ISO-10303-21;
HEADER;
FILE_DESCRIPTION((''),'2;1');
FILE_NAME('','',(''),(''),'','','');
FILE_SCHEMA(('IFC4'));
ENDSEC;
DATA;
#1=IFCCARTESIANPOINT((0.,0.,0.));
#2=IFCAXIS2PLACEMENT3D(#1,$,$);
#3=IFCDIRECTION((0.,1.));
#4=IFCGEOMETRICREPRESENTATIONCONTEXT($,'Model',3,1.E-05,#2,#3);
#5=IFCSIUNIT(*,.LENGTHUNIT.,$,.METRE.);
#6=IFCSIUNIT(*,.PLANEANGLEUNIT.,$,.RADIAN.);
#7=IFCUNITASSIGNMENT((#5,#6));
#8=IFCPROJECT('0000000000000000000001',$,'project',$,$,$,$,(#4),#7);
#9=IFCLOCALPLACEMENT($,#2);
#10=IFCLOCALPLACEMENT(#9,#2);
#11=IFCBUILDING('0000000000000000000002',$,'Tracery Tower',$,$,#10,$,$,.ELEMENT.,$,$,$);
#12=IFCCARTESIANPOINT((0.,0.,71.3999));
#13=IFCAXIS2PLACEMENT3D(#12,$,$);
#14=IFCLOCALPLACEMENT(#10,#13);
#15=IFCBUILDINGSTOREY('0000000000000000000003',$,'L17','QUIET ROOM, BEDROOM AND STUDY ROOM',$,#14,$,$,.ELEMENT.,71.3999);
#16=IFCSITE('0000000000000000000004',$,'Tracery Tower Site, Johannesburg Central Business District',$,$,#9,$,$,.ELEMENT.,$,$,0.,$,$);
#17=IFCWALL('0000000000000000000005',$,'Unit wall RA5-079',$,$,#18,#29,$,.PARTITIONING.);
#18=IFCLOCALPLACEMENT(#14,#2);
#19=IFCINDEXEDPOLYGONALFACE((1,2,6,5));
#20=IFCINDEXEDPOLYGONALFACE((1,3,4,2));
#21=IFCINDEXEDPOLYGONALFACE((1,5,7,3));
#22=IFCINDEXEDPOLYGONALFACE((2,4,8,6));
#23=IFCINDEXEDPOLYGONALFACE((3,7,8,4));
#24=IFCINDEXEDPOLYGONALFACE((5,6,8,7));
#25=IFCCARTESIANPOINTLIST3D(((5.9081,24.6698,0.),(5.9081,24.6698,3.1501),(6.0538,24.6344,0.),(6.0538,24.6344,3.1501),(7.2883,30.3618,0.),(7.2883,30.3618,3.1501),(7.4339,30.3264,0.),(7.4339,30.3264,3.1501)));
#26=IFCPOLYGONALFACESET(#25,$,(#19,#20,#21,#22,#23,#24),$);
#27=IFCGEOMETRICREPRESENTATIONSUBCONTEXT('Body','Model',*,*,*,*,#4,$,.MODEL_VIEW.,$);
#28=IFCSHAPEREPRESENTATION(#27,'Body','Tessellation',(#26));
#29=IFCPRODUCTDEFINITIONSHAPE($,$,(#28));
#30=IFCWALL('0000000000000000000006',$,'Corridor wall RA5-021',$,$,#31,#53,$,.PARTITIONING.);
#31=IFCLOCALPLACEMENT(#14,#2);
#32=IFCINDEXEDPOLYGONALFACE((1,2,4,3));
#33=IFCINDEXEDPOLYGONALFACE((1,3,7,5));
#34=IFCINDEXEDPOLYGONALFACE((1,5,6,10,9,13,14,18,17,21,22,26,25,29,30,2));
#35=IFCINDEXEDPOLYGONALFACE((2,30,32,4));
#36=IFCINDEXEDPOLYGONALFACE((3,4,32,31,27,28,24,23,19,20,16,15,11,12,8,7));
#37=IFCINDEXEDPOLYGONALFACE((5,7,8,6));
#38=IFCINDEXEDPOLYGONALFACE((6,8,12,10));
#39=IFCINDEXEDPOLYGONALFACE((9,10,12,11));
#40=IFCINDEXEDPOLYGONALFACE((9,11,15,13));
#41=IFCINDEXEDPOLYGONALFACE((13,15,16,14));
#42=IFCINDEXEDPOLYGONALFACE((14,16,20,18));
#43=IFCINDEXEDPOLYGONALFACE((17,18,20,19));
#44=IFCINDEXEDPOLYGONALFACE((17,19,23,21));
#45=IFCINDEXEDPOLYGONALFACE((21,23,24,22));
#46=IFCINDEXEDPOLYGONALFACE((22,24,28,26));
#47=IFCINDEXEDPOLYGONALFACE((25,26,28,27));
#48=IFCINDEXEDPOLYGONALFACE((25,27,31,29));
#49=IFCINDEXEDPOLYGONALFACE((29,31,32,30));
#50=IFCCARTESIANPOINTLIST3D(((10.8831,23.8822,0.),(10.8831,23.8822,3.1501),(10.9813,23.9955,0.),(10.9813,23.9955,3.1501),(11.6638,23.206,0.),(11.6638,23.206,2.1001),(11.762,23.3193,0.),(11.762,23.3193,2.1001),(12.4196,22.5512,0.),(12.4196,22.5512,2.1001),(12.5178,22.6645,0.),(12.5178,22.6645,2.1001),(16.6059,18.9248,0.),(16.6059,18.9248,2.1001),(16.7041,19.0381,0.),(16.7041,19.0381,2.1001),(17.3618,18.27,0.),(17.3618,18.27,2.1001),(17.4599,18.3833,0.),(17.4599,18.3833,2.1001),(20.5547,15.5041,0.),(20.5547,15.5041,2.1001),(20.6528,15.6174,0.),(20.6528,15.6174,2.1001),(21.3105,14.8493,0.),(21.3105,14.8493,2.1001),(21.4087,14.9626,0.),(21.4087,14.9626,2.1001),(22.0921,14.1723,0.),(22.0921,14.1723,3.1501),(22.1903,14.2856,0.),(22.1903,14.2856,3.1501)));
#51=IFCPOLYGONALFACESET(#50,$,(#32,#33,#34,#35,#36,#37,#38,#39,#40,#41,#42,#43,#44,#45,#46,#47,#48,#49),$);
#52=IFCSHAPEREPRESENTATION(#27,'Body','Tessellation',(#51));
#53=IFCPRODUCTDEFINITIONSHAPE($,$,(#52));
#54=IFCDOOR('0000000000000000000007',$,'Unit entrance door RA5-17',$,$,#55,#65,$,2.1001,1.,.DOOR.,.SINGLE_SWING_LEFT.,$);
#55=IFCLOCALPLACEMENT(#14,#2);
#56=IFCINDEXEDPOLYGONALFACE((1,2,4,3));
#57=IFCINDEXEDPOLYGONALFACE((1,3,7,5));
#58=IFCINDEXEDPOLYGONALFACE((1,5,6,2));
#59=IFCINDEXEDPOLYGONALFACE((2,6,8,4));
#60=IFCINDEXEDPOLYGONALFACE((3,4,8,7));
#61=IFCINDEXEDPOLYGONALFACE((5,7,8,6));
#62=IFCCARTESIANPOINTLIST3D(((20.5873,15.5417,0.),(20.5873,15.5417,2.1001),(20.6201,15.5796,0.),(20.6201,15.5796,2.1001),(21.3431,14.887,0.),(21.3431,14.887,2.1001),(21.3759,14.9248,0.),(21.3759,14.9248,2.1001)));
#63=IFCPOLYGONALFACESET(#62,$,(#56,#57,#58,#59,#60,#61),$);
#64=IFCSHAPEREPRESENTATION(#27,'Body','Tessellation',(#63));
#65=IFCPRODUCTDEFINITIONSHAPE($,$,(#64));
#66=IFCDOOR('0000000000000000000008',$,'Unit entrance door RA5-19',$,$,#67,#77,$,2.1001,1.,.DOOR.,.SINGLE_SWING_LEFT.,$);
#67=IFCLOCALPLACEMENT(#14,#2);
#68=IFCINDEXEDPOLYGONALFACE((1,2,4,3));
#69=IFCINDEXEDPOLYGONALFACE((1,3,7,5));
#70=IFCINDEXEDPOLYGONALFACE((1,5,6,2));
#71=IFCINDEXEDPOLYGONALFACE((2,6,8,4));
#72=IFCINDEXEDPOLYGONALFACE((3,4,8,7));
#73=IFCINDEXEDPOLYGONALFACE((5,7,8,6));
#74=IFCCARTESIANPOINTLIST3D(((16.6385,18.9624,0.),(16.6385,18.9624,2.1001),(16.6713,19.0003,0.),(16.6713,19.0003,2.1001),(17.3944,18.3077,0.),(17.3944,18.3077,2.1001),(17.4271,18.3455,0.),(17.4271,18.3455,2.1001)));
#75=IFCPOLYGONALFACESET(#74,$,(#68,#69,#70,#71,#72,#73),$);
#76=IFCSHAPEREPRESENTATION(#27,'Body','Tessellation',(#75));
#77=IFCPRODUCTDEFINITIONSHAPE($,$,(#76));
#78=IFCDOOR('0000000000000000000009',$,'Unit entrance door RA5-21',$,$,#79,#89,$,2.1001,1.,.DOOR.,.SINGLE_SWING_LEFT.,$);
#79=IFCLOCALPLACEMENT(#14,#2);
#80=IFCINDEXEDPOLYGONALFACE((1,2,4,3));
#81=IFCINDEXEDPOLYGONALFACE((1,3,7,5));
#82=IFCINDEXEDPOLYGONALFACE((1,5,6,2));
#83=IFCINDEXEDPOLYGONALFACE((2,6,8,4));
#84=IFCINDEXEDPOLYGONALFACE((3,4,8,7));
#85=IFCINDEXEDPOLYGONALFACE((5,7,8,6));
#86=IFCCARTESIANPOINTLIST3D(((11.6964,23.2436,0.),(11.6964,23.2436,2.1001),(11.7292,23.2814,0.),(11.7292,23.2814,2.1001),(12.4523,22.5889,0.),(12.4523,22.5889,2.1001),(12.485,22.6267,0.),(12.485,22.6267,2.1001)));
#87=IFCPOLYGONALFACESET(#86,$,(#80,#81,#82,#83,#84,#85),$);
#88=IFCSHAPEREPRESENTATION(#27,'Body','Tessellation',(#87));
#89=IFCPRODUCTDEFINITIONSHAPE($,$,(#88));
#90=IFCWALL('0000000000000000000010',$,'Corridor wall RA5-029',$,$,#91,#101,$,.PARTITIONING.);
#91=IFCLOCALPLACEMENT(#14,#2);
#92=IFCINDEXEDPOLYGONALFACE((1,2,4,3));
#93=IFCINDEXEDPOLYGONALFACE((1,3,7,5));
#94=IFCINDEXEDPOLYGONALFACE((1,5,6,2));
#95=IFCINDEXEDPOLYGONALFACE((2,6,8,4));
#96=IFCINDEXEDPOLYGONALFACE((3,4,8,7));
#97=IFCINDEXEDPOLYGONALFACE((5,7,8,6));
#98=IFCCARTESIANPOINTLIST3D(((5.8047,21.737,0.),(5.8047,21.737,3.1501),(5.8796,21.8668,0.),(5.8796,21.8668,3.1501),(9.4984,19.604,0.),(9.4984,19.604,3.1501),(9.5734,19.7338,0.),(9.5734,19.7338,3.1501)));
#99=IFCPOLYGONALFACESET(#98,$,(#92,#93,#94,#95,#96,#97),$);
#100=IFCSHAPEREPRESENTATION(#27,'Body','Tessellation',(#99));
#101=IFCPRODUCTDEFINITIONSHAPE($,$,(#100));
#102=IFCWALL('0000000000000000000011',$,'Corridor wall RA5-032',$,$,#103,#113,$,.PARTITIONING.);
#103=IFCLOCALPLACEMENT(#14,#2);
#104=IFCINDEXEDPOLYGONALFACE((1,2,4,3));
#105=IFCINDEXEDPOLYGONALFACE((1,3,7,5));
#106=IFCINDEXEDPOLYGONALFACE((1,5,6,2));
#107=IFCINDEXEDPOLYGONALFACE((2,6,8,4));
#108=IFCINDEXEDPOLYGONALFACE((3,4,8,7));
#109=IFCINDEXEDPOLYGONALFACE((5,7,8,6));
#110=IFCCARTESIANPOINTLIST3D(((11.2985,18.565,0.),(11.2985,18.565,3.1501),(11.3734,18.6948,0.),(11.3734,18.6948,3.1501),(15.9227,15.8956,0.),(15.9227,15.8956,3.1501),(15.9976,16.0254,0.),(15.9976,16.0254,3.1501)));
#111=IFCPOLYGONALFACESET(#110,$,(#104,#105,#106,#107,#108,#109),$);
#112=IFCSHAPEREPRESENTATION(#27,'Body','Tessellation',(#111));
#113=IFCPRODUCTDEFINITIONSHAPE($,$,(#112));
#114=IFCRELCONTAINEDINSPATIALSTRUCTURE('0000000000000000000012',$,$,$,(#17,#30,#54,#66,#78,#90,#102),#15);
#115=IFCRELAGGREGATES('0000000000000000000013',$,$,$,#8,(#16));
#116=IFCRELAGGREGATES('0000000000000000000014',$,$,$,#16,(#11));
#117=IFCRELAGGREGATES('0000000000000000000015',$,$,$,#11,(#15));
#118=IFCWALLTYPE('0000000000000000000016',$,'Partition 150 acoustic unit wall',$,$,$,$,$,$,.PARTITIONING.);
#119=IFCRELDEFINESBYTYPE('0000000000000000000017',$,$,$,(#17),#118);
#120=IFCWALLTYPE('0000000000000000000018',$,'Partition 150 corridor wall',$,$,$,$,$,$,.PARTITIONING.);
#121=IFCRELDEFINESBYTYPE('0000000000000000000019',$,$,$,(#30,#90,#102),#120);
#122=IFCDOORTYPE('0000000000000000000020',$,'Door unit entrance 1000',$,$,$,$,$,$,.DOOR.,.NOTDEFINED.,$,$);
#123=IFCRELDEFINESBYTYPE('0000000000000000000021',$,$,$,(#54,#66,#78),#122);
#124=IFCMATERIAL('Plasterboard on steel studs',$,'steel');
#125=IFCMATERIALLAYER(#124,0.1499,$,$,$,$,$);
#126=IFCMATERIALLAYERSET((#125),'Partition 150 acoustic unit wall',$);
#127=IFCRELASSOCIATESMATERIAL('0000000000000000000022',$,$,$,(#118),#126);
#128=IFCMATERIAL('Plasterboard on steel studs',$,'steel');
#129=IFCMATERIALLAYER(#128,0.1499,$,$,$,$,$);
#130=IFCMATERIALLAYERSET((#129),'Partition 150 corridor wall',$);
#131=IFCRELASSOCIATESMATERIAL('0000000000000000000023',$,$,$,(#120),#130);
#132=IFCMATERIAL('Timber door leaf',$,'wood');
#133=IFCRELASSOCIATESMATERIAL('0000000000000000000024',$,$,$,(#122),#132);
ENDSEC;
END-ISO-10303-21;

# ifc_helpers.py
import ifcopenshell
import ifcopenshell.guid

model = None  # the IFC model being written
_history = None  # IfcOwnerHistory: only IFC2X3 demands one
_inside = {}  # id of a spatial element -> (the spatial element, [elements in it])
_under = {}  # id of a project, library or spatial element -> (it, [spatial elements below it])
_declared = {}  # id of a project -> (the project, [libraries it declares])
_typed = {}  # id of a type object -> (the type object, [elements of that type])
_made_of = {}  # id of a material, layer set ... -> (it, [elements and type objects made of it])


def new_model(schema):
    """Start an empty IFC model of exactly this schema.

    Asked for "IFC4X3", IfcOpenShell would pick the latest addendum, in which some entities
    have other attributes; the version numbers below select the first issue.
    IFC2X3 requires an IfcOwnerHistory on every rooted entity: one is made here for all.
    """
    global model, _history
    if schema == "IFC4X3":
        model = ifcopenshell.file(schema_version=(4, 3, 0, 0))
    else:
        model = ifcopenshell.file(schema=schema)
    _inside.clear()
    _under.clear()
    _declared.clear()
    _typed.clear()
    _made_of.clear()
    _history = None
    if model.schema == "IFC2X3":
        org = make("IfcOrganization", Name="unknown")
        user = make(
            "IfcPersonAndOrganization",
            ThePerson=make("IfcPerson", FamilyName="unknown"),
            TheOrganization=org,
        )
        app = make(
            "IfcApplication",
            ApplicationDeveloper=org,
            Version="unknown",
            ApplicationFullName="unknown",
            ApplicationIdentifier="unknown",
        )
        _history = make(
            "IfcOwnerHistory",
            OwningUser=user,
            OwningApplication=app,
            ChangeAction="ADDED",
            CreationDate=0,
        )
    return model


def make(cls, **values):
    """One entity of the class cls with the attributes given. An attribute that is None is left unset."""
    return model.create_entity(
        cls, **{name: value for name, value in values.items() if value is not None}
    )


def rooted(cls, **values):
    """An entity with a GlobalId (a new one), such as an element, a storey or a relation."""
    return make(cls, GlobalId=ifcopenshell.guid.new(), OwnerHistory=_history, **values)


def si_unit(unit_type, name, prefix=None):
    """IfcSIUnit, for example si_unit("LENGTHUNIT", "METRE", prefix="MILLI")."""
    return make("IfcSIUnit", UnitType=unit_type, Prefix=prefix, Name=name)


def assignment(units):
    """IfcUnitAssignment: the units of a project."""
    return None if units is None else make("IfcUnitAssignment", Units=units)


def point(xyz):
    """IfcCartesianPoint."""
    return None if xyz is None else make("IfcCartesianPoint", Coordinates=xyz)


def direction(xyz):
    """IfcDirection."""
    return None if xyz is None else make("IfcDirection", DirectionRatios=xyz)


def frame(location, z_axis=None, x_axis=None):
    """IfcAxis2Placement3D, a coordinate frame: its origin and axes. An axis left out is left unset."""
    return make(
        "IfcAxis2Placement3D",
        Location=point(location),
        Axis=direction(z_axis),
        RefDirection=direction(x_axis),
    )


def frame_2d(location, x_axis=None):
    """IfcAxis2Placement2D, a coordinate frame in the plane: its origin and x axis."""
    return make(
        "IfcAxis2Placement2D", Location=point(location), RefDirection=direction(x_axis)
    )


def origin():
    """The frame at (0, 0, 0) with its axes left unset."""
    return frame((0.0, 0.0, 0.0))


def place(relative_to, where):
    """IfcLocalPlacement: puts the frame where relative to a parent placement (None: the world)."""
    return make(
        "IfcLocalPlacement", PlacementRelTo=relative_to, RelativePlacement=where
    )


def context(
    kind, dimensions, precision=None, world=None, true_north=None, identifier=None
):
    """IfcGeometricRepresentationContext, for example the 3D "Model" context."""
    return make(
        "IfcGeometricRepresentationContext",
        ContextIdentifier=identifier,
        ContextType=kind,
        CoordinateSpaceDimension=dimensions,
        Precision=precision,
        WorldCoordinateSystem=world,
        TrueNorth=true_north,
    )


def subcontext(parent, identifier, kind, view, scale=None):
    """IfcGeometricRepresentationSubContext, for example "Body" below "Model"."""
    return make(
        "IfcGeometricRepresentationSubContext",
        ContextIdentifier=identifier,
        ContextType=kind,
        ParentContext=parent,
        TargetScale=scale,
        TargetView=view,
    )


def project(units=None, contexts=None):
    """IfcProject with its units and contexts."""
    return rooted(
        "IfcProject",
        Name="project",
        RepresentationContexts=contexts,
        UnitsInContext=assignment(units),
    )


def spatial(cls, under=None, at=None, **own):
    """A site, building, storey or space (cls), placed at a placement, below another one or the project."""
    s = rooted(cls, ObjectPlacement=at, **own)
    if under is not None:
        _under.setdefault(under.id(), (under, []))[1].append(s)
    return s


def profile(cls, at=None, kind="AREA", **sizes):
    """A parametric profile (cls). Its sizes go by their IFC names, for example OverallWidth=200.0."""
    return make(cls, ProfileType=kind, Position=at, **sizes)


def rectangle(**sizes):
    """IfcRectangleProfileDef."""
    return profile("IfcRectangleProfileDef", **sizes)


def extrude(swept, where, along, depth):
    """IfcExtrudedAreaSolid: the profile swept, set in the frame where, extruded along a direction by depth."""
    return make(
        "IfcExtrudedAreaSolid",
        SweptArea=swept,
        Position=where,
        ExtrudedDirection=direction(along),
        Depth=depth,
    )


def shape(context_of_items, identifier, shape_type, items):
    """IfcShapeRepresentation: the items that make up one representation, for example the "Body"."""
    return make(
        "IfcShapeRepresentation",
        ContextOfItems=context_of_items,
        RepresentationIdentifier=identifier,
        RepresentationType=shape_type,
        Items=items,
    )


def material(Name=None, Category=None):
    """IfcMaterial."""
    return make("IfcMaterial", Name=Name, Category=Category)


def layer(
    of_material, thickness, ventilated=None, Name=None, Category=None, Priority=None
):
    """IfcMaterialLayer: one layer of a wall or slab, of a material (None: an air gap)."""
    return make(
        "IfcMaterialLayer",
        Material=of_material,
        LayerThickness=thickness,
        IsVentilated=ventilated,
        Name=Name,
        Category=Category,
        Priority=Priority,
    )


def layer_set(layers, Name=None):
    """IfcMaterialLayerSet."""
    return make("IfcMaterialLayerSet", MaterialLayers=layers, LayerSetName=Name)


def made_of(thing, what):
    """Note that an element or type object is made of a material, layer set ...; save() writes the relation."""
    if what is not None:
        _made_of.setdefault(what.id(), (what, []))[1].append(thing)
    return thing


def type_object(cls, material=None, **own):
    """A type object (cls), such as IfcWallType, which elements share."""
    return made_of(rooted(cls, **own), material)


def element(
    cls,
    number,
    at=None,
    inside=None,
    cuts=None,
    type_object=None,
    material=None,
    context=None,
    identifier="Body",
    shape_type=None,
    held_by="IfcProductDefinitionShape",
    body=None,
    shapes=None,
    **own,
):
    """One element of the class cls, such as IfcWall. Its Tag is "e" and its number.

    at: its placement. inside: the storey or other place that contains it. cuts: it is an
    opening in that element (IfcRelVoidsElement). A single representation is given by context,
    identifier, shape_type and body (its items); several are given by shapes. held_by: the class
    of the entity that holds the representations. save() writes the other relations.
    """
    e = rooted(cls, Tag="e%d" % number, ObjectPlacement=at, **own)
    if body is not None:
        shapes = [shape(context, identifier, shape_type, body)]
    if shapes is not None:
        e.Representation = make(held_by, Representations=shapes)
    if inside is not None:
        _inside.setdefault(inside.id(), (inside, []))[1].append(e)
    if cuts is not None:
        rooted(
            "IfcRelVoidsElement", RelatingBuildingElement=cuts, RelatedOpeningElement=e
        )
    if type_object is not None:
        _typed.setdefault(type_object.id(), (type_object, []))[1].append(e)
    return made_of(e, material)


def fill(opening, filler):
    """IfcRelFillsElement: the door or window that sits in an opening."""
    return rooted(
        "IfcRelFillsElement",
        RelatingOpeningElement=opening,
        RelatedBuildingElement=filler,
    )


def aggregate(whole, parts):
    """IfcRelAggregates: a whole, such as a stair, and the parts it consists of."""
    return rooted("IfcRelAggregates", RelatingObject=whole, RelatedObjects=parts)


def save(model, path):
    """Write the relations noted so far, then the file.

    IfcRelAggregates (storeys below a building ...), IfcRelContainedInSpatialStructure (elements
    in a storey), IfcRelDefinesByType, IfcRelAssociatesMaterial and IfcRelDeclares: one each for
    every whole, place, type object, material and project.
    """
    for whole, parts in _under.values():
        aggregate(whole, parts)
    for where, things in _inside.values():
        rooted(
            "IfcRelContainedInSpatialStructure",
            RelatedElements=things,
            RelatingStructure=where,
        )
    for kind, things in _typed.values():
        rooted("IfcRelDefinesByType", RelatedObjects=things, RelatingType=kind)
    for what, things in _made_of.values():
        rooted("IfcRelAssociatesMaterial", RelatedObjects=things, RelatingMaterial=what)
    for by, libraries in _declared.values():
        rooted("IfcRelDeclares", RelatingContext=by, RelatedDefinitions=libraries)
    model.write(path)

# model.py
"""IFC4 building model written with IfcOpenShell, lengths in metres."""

from ifc_helpers import new_model, si_unit, direction, frame, frame_2d, origin, place, context, subcontext, project, spatial, rectangle, extrude, material, layer, layer_set, type_object, element, fill, save


model = new_model("IFC4")

# Units and contexts
model_context = context("Model", 3, precision=1e-05, world=origin(), true_north=direction((0.0, 1.0)))
body_context = subcontext(model_context, "Body", "Model", "MODEL_VIEW")
ifc_project = project(units=[si_unit("LENGTHUNIT", "METRE"), si_unit("PLANEANGLEUNIT", "RADIAN")], contexts=[model_context])

# Site, building, storey
site_placement = place(None, origin())
site = spatial("IfcSite", under=ifc_project, at=site_placement, Name="Tracery Tower Site, Johannesburg Central Business District", CompositionType="ELEMENT", RefElevation=0.0)
building_placement = place(site_placement, origin())
building = spatial("IfcBuilding", under=site, at=building_placement, Name="Tracery Tower", CompositionType="ELEMENT")
storey_placement = place(building_placement, frame((0.0, 0.0, 71.3999)))
storey = spatial("IfcBuildingStorey", under=building, at=storey_placement, Name="L17", Description="QUIET ROOM, BEDROOM AND STUDY ROOM", CompositionType="ELEMENT", Elevation=71.3999)

# Wall
ifc_material_1 = material(Name="Plasterboard on steel studs", Category="steel")
ifc_layer_1 = layer(ifc_material_1, 0.1499)
ifc_layer_set_1 = layer_set([ifc_layer_1], Name="Partition 150 acoustic unit wall")
wall_type_1 = type_object("IfcWallType", Name="Partition 150 acoustic unit wall", PredefinedType="PARTITIONING", material=ifc_layer_set_1)
wall_1_placement = place(storey_placement, frame((5.981, 24.6521, 0.0), z_axis=(0.0, 0.0, 1.0), x_axis=(0.235644, 0.971839, 0.0)))
element("IfcWall", 1, at=wall_1_placement, inside=storey, type_object=wall_type_1, Name="Unit wall RA5-079", PredefinedType="PARTITIONING", context=body_context, shape_type="SweptSolid", body=[
    extrude(rectangle(XDim=5.8569, YDim=0.1499, at=frame_2d((2.9285, 0.0))), origin(), (0.0, 0.0, 1.0), 3.1501),
])

# Wall, openings, doors
ifc_material_2 = material(Name="Plasterboard on steel studs", Category="steel")
ifc_layer_2 = layer(ifc_material_2, 0.1499)
ifc_layer_set_2 = layer_set([ifc_layer_2], Name="Partition 150 corridor wall")
wall_type_2 = type_object("IfcWallType", Name="Partition 150 corridor wall", PredefinedType="PARTITIONING", material=ifc_layer_set_2)
wall_2_placement = place(storey_placement, frame((10.9321, 23.939, 0.0), z_axis=(0.0, 0.0, 1.0), x_axis=(0.755839, -0.654758, 0.0)))
wall_2 = element("IfcWall", 2, at=wall_2_placement, inside=storey, type_object=wall_type_2, Name="Corridor wall RA5-021", PredefinedType="PARTITIONING", context=body_context, shape_type="SweptSolid", body=[
    extrude(rectangle(XDim=14.8298, YDim=0.1499, at=frame_2d((7.415, 0.0))), origin(), (0.0, 0.0, 1.0), 3.1501),
])
opening_1_placement = place(wall_2_placement, frame((12.7959, 0.0, 0.0)))
opening_1 = element("IfcOpeningElement", 3, at=opening_1_placement, cuts=wall_2, PredefinedType="OPENING", context=body_context, shape_type="SweptSolid", body=[
    extrude(rectangle(XDim=1.0, YDim=2.1001, at=frame_2d((0.5, 1.05))), frame((0.0, 0.075, 0.0), z_axis=(0.0, -1.0, 0.0), x_axis=(1.0, 0.0, 0.0)), (0.0, 0.0, 1.0), 0.1499),
])
opening_2_placement = place(wall_2_placement, frame((7.5715, 0.0, 0.0)))
opening_2 = element("IfcOpeningElement", 4, at=opening_2_placement, cuts=wall_2, PredefinedType="OPENING", context=body_context, shape_type="SweptSolid", body=[
    extrude(rectangle(XDim=1.0, YDim=2.1001, at=frame_2d((0.5, 1.05))), frame((0.0, 0.075, 0.0), z_axis=(0.0, -1.0, 0.0), x_axis=(1.0, 0.0, 0.0)), (0.0, 0.0, 1.0), 0.1499),
])
opening_3_placement = place(wall_2_placement, frame((1.033, 0.0, 0.0)))
opening_3 = element("IfcOpeningElement", 5, at=opening_3_placement, cuts=wall_2, PredefinedType="OPENING", context=body_context, shape_type="SweptSolid", body=[
    extrude(rectangle(XDim=1.0, YDim=2.1001, at=frame_2d((0.5, 1.05))), frame((0.0, 0.075, 0.0), z_axis=(0.0, -1.0, 0.0), x_axis=(1.0, 0.0, 0.0)), (0.0, 0.0, 1.0), 0.1499),
])
ifc_material_3 = material(Name="Timber door leaf", Category="wood")
door_type_1 = type_object("IfcDoorType", Name="Door unit entrance 1000", OperationType="NOTDEFINED", PredefinedType="DOOR", material=ifc_material_3)
door_1_placement = place(opening_1_placement, origin())
door_1 = element("IfcDoor", 6, at=door_1_placement, inside=storey, type_object=door_type_1, Name="Unit entrance door RA5-17", OperationType="SINGLE_SWING_LEFT", OverallHeight=2.1001, OverallWidth=1.0, PredefinedType="DOOR", context=body_context, shape_type="SweptSolid", body=[
    extrude(rectangle(XDim=1.0, YDim=2.1001, at=frame_2d((0.5, 1.05))), frame((0.0, 0.0249, 0.0), z_axis=(0.0, -1.0, 0.0), x_axis=(1.0, 0.0, 0.0)), (0.0, 0.0, 1.0), 0.05),
])
fill(opening_1, door_1)
door_2_placement = place(opening_2_placement, origin())
door_2 = element("IfcDoor", 7, at=door_2_placement, inside=storey, type_object=door_type_1, Name="Unit entrance door RA5-19", OperationType="SINGLE_SWING_LEFT", OverallHeight=2.1001, OverallWidth=1.0, PredefinedType="DOOR", context=body_context, shape_type="SweptSolid", body=[
    extrude(rectangle(XDim=1.0, YDim=2.1001, at=frame_2d((0.5, 1.05))), frame((0.0, 0.0249, 0.0), z_axis=(0.0, -1.0, 0.0), x_axis=(1.0, 0.0, 0.0)), (0.0, 0.0, 1.0), 0.05),
])
fill(opening_2, door_2)
door_3_placement = place(opening_3_placement, origin())
door_3 = element("IfcDoor", 8, at=door_3_placement, inside=storey, type_object=door_type_1, Name="Unit entrance door RA5-21", OperationType="SINGLE_SWING_LEFT", OverallHeight=2.1001, OverallWidth=1.0, PredefinedType="DOOR", context=body_context, shape_type="SweptSolid", body=[
    extrude(rectangle(XDim=1.0, YDim=2.1001, at=frame_2d((0.5, 1.05))), frame((0.0, 0.0249, 0.0), z_axis=(0.0, -1.0, 0.0), x_axis=(1.0, 0.0, 0.0)), (0.0, 0.0, 1.0), 0.05),
])
fill(opening_3, door_3)

# Walls
wall_3_placement = place(storey_placement, frame((5.842, 21.802, 0.0), z_axis=(0.0, 0.0, 1.0), x_axis=(0.865984, -0.500073, 0.0)))
element("IfcWall", 9, at=wall_3_placement, inside=storey, type_object=wall_type_2, Name="Corridor wall RA5-029", PredefinedType="PARTITIONING", context=body_context, shape_type="SweptSolid", body=[
    extrude(rectangle(XDim=4.2654, YDim=0.1499, at=frame_2d((2.1328, 0.0))), origin(), (0.0, 0.0, 1.0), 3.1501),
])
wall_4_placement = place(storey_placement, frame((11.3359, 18.6299, 0.0), z_axis=(0.0, 0.0, 1.0), x_axis=(0.866057, -0.499945, 0.0)))
element("IfcWall", 10, at=wall_4_placement, inside=storey, type_object=wall_type_2, Name="Corridor wall RA5-032", PredefinedType="PARTITIONING", context=body_context, shape_type="SweptSolid", body=[
    extrude(rectangle(XDim=5.3394, YDim=0.1499, at=frame_2d((2.6697, 0.0))), origin(), (0.0, 0.0, 1.0), 3.1501),
])

save(model, "model.ifc")
